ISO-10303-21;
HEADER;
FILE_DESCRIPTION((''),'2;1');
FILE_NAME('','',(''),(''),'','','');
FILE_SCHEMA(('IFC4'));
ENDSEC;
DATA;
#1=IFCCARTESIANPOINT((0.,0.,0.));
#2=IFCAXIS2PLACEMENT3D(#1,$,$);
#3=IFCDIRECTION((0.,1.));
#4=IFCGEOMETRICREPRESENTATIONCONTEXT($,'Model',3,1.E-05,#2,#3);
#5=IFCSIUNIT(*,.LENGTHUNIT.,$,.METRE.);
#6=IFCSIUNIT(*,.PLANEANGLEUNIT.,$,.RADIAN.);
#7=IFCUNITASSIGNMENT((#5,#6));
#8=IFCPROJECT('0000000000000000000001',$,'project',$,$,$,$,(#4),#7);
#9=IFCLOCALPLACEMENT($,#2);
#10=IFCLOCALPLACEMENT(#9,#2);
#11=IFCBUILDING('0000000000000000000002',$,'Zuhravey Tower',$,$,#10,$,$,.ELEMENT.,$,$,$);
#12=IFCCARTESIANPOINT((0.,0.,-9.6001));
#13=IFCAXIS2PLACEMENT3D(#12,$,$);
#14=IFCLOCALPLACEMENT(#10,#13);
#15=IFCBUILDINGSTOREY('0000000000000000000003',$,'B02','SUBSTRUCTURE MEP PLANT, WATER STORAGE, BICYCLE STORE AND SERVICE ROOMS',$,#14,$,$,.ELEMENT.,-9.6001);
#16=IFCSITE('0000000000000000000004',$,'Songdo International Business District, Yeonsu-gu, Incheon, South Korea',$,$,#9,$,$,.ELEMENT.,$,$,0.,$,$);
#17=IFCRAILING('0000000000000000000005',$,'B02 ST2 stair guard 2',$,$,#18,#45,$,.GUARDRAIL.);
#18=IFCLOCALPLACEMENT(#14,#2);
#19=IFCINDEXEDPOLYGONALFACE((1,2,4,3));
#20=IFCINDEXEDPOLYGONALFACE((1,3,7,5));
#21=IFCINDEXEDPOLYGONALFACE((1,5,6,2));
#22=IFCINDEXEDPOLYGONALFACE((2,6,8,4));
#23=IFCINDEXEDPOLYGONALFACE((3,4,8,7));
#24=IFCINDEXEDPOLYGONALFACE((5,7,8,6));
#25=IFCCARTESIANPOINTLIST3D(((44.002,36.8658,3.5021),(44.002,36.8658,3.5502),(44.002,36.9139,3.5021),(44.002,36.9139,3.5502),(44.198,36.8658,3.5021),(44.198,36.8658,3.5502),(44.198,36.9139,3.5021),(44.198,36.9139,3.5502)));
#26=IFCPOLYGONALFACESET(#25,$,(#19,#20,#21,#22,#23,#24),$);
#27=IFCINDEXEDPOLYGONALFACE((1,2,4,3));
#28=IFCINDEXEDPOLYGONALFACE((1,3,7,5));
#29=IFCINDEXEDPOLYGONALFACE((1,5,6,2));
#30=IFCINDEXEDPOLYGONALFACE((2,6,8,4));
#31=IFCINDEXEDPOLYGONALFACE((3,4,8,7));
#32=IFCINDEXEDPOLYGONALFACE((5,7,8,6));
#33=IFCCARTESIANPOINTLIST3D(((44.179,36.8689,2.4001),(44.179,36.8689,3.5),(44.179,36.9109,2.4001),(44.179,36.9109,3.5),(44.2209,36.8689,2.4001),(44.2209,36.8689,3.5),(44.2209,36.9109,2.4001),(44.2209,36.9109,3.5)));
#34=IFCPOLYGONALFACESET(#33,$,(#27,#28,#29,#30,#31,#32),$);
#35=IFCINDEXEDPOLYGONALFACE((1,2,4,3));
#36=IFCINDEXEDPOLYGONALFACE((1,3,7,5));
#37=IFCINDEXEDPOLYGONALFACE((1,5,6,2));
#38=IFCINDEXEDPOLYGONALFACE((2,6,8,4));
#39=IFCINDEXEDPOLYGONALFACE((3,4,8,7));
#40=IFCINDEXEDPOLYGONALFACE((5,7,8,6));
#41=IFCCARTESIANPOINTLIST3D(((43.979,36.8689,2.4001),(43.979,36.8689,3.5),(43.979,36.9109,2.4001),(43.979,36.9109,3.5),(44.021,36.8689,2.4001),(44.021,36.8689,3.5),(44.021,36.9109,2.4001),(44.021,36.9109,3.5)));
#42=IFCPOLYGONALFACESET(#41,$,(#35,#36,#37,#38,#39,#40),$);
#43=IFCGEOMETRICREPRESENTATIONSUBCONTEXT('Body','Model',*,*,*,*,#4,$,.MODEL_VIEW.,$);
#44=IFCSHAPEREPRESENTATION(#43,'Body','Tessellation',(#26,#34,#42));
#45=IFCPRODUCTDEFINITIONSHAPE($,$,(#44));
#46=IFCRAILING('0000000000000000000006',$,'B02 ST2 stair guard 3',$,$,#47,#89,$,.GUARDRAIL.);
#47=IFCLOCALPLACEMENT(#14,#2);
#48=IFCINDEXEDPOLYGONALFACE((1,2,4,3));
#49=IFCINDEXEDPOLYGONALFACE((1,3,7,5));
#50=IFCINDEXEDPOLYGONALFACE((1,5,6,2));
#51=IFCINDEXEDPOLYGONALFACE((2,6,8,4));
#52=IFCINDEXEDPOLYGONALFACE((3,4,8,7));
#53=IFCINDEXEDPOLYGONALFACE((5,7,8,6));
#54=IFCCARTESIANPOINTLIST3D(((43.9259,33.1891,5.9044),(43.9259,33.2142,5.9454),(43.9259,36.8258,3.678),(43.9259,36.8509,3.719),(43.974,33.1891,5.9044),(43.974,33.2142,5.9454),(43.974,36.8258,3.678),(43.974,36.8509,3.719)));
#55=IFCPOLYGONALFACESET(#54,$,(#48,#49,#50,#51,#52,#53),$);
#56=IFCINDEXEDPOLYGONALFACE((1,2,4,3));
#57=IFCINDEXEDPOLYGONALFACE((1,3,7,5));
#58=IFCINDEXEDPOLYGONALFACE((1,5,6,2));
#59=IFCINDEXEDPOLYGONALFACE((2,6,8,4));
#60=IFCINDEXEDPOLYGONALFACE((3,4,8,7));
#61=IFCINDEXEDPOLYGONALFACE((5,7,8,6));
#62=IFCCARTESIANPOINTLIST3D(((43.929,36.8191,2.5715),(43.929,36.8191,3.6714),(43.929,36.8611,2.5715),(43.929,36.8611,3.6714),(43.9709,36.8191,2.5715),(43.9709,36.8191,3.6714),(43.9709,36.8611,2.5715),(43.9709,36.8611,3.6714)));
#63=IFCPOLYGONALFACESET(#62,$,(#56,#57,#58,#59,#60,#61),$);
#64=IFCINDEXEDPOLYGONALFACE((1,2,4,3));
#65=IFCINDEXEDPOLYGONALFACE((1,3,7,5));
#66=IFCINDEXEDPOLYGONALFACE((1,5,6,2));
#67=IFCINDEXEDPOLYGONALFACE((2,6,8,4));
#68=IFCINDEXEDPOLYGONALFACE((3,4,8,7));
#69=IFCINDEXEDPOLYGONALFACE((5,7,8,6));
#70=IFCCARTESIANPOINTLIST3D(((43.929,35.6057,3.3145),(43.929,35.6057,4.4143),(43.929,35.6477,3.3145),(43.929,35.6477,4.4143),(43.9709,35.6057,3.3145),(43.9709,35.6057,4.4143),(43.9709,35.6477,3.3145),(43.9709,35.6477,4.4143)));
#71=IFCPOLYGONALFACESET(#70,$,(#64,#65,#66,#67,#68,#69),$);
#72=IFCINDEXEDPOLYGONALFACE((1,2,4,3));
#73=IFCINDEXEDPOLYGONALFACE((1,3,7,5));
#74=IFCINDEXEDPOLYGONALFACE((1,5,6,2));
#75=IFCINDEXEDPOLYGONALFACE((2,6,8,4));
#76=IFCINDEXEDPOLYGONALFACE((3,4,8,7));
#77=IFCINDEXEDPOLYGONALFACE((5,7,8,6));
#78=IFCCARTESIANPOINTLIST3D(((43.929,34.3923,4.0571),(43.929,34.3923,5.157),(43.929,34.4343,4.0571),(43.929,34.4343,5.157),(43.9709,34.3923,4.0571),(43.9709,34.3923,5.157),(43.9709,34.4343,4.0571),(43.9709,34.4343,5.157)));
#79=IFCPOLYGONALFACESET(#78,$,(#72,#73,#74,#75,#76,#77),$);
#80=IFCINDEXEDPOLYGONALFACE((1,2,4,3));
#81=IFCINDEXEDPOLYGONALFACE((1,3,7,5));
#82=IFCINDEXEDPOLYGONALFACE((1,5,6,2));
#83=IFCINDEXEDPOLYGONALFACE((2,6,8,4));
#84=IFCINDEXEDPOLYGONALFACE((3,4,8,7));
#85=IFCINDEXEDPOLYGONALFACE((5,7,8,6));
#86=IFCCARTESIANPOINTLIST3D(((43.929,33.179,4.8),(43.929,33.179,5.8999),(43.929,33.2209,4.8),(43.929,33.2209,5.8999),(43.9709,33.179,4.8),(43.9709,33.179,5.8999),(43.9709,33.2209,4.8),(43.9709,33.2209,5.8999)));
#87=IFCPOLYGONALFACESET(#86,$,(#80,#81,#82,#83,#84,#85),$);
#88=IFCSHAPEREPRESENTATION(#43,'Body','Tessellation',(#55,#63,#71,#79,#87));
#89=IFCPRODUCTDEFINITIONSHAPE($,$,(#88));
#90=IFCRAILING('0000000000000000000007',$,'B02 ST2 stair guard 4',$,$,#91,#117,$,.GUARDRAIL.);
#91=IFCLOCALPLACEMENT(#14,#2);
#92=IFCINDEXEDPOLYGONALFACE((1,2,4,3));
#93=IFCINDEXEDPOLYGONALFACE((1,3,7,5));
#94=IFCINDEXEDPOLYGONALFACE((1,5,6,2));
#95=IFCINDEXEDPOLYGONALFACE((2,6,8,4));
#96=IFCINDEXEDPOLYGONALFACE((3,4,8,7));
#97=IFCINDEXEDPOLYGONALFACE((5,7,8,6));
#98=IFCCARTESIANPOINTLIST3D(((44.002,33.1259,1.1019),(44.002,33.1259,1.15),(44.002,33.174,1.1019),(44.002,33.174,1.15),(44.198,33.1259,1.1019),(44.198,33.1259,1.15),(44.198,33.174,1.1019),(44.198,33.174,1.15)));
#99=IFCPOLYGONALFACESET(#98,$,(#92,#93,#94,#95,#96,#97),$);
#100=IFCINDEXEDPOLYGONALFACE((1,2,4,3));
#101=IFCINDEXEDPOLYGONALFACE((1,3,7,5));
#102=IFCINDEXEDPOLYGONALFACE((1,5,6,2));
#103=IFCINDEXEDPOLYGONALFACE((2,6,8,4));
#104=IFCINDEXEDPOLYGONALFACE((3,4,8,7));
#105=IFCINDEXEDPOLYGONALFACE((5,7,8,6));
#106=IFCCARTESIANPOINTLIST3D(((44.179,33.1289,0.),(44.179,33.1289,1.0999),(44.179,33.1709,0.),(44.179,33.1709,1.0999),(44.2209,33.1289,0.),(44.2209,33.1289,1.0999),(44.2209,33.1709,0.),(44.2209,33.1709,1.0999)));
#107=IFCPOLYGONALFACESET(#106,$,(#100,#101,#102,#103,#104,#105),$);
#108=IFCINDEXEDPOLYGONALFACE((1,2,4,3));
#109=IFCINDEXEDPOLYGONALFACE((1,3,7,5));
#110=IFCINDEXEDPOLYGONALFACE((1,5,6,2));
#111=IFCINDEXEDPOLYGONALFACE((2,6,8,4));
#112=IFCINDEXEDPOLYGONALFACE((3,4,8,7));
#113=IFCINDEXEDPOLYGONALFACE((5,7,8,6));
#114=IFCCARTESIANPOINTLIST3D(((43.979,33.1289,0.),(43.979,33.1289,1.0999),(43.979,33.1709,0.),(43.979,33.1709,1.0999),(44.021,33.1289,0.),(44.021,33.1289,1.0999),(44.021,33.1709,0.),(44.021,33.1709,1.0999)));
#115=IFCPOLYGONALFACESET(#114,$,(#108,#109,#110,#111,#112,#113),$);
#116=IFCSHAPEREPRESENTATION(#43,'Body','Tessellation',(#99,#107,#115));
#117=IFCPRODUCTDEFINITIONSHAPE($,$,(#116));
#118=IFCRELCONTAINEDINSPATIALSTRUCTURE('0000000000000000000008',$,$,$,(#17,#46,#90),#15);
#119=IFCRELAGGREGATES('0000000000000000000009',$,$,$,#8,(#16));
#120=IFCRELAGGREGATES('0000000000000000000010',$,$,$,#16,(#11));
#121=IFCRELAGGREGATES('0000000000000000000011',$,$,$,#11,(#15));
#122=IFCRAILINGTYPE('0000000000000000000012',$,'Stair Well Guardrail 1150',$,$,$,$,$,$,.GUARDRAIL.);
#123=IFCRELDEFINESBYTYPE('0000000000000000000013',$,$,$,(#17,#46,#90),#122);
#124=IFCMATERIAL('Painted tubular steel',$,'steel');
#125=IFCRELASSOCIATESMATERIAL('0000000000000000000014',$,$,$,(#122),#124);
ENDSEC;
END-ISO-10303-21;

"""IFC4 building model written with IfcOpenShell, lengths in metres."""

from ifc_helpers import new_model, si_unit, direction, frame, origin, origin_2d, place, context, subcontext, project, spatial, rectangle, extrude, material, type_object, element, save


model = new_model("IFC4")

# Units and contexts
model_context = context("Model", 3, precision=1e-05, world=origin(), true_north=direction((0.0, 1.0)))
body_context = subcontext(model_context, "Body", "Model", "MODEL_VIEW")
ifc_project = project(units=[si_unit("LENGTHUNIT", "METRE"), si_unit("PLANEANGLEUNIT", "RADIAN")], contexts=[model_context])

# Site, building, storey
site_placement = place(None, origin())
site = spatial("IfcSite", under=ifc_project, at=site_placement, Name="Songdo International Business District, Yeonsu-gu, Incheon, South Korea", CompositionType="ELEMENT", RefElevation=0.0)
building_placement = place(site_placement, origin())
building = spatial("IfcBuilding", under=site, at=building_placement, Name="Zuhravey Tower", CompositionType="ELEMENT")
storey_placement = place(building_placement, frame((0.0, 0.0, -9.6001)))
storey = spatial("IfcBuildingStorey", under=building, at=storey_placement, Name="B02", Description="SUBSTRUCTURE MEP PLANT, WATER STORAGE, BICYCLE STORE AND SERVICE ROOMS", CompositionType="ELEMENT", Elevation=-9.6001)

# Railings
ifc_material_1 = material(Name="Painted tubular steel", Category="steel")
railing_type_1 = type_object("IfcRailingType", Name="Stair Well Guardrail 1150", PredefinedType="GUARDRAIL", material=ifc_material_1)
railing_1_placement = place(storey_placement, frame((44.2, 36.8899, 2.4001)))
element("IfcRailing", 1, at=railing_1_placement, inside=storey, type_object=railing_type_1, Name="B02 ST2 stair guard 2", PredefinedType="GUARDRAIL", context=body_context, shape_type="SweptSolid", body=[
    extrude(rectangle(XDim=0.0481, YDim=0.0481, at=origin_2d()), frame((-0.002, 0.0, 1.126), z_axis=(-1.0, 0.0, 0.0), x_axis=(0.0, -1.0, 0.0)), (0.0, 0.0, 1.0), 0.196),
    extrude(rectangle(XDim=0.042, YDim=0.042, at=origin_2d()), origin(), (0.0, 0.0, 1.0), 1.0999),
    extrude(rectangle(XDim=0.042, YDim=0.042, at=origin_2d()), frame((-0.2, 0.0, 0.0)), (0.0, 0.0, 1.0), 1.0999),
])
railing_2_placement = place(storey_placement, frame((43.95, 36.8401, 2.5715)))
element("IfcRailing", 2, at=railing_2_placement, inside=storey, type_object=railing_type_1, Name="B02 ST2 stair guard 3", PredefinedType="GUARDRAIL", context=body_context, shape_type="SweptSolid", body=[
    extrude(rectangle(XDim=0.0481, YDim=0.0481, at=origin_2d()), frame((0.0, -0.0017, 1.127), z_axis=(0.0, -0.852866, 0.52213), x_axis=(1.0, 0.0, 0.0)), (0.0, 0.0, 1.0), 4.2642),
    extrude(rectangle(XDim=0.042, YDim=0.042, at=origin_2d()), origin(), (0.0, 0.0, 1.0), 1.0999),
    extrude(rectangle(XDim=0.042, YDim=0.042, at=origin_2d()), frame((0.0, -1.2134, 0.7429)), (0.0, 0.0, 1.0), 1.0999),
    extrude(rectangle(XDim=0.042, YDim=0.042, at=origin_2d()), frame((0.0, -2.4268, 1.4856)), (0.0, 0.0, 1.0), 1.0999),
    extrude(rectangle(XDim=0.042, YDim=0.042, at=origin_2d()), frame((0.0, -3.6401, 2.2285)), (0.0, 0.0, 1.0), 1.0999),
])
railing_3_placement = place(storey_placement, frame((44.2, 33.1499, 0.0)))
element("IfcRailing", 3, at=railing_3_placement, inside=storey, type_object=railing_type_1, Name="B02 ST2 stair guard 4", PredefinedType="GUARDRAIL", context=body_context, shape_type="SweptSolid", body=[
    extrude(rectangle(XDim=0.0481, YDim=0.0481, at=origin_2d()), frame((-0.002, 0.0, 1.126), z_axis=(-1.0, 0.0, 0.0), x_axis=(0.0, -1.0, 0.0)), (0.0, 0.0, 1.0), 0.196),
    extrude(rectangle(XDim=0.042, YDim=0.042, at=origin_2d()), origin(), (0.0, 0.0, 1.0), 1.0999),
    extrude(rectangle(XDim=0.042, YDim=0.042, at=origin_2d()), frame((-0.2, 0.0, 0.0)), (0.0, 0.0, 1.0), 1.0999),
])

save(model, "model.ifc")
